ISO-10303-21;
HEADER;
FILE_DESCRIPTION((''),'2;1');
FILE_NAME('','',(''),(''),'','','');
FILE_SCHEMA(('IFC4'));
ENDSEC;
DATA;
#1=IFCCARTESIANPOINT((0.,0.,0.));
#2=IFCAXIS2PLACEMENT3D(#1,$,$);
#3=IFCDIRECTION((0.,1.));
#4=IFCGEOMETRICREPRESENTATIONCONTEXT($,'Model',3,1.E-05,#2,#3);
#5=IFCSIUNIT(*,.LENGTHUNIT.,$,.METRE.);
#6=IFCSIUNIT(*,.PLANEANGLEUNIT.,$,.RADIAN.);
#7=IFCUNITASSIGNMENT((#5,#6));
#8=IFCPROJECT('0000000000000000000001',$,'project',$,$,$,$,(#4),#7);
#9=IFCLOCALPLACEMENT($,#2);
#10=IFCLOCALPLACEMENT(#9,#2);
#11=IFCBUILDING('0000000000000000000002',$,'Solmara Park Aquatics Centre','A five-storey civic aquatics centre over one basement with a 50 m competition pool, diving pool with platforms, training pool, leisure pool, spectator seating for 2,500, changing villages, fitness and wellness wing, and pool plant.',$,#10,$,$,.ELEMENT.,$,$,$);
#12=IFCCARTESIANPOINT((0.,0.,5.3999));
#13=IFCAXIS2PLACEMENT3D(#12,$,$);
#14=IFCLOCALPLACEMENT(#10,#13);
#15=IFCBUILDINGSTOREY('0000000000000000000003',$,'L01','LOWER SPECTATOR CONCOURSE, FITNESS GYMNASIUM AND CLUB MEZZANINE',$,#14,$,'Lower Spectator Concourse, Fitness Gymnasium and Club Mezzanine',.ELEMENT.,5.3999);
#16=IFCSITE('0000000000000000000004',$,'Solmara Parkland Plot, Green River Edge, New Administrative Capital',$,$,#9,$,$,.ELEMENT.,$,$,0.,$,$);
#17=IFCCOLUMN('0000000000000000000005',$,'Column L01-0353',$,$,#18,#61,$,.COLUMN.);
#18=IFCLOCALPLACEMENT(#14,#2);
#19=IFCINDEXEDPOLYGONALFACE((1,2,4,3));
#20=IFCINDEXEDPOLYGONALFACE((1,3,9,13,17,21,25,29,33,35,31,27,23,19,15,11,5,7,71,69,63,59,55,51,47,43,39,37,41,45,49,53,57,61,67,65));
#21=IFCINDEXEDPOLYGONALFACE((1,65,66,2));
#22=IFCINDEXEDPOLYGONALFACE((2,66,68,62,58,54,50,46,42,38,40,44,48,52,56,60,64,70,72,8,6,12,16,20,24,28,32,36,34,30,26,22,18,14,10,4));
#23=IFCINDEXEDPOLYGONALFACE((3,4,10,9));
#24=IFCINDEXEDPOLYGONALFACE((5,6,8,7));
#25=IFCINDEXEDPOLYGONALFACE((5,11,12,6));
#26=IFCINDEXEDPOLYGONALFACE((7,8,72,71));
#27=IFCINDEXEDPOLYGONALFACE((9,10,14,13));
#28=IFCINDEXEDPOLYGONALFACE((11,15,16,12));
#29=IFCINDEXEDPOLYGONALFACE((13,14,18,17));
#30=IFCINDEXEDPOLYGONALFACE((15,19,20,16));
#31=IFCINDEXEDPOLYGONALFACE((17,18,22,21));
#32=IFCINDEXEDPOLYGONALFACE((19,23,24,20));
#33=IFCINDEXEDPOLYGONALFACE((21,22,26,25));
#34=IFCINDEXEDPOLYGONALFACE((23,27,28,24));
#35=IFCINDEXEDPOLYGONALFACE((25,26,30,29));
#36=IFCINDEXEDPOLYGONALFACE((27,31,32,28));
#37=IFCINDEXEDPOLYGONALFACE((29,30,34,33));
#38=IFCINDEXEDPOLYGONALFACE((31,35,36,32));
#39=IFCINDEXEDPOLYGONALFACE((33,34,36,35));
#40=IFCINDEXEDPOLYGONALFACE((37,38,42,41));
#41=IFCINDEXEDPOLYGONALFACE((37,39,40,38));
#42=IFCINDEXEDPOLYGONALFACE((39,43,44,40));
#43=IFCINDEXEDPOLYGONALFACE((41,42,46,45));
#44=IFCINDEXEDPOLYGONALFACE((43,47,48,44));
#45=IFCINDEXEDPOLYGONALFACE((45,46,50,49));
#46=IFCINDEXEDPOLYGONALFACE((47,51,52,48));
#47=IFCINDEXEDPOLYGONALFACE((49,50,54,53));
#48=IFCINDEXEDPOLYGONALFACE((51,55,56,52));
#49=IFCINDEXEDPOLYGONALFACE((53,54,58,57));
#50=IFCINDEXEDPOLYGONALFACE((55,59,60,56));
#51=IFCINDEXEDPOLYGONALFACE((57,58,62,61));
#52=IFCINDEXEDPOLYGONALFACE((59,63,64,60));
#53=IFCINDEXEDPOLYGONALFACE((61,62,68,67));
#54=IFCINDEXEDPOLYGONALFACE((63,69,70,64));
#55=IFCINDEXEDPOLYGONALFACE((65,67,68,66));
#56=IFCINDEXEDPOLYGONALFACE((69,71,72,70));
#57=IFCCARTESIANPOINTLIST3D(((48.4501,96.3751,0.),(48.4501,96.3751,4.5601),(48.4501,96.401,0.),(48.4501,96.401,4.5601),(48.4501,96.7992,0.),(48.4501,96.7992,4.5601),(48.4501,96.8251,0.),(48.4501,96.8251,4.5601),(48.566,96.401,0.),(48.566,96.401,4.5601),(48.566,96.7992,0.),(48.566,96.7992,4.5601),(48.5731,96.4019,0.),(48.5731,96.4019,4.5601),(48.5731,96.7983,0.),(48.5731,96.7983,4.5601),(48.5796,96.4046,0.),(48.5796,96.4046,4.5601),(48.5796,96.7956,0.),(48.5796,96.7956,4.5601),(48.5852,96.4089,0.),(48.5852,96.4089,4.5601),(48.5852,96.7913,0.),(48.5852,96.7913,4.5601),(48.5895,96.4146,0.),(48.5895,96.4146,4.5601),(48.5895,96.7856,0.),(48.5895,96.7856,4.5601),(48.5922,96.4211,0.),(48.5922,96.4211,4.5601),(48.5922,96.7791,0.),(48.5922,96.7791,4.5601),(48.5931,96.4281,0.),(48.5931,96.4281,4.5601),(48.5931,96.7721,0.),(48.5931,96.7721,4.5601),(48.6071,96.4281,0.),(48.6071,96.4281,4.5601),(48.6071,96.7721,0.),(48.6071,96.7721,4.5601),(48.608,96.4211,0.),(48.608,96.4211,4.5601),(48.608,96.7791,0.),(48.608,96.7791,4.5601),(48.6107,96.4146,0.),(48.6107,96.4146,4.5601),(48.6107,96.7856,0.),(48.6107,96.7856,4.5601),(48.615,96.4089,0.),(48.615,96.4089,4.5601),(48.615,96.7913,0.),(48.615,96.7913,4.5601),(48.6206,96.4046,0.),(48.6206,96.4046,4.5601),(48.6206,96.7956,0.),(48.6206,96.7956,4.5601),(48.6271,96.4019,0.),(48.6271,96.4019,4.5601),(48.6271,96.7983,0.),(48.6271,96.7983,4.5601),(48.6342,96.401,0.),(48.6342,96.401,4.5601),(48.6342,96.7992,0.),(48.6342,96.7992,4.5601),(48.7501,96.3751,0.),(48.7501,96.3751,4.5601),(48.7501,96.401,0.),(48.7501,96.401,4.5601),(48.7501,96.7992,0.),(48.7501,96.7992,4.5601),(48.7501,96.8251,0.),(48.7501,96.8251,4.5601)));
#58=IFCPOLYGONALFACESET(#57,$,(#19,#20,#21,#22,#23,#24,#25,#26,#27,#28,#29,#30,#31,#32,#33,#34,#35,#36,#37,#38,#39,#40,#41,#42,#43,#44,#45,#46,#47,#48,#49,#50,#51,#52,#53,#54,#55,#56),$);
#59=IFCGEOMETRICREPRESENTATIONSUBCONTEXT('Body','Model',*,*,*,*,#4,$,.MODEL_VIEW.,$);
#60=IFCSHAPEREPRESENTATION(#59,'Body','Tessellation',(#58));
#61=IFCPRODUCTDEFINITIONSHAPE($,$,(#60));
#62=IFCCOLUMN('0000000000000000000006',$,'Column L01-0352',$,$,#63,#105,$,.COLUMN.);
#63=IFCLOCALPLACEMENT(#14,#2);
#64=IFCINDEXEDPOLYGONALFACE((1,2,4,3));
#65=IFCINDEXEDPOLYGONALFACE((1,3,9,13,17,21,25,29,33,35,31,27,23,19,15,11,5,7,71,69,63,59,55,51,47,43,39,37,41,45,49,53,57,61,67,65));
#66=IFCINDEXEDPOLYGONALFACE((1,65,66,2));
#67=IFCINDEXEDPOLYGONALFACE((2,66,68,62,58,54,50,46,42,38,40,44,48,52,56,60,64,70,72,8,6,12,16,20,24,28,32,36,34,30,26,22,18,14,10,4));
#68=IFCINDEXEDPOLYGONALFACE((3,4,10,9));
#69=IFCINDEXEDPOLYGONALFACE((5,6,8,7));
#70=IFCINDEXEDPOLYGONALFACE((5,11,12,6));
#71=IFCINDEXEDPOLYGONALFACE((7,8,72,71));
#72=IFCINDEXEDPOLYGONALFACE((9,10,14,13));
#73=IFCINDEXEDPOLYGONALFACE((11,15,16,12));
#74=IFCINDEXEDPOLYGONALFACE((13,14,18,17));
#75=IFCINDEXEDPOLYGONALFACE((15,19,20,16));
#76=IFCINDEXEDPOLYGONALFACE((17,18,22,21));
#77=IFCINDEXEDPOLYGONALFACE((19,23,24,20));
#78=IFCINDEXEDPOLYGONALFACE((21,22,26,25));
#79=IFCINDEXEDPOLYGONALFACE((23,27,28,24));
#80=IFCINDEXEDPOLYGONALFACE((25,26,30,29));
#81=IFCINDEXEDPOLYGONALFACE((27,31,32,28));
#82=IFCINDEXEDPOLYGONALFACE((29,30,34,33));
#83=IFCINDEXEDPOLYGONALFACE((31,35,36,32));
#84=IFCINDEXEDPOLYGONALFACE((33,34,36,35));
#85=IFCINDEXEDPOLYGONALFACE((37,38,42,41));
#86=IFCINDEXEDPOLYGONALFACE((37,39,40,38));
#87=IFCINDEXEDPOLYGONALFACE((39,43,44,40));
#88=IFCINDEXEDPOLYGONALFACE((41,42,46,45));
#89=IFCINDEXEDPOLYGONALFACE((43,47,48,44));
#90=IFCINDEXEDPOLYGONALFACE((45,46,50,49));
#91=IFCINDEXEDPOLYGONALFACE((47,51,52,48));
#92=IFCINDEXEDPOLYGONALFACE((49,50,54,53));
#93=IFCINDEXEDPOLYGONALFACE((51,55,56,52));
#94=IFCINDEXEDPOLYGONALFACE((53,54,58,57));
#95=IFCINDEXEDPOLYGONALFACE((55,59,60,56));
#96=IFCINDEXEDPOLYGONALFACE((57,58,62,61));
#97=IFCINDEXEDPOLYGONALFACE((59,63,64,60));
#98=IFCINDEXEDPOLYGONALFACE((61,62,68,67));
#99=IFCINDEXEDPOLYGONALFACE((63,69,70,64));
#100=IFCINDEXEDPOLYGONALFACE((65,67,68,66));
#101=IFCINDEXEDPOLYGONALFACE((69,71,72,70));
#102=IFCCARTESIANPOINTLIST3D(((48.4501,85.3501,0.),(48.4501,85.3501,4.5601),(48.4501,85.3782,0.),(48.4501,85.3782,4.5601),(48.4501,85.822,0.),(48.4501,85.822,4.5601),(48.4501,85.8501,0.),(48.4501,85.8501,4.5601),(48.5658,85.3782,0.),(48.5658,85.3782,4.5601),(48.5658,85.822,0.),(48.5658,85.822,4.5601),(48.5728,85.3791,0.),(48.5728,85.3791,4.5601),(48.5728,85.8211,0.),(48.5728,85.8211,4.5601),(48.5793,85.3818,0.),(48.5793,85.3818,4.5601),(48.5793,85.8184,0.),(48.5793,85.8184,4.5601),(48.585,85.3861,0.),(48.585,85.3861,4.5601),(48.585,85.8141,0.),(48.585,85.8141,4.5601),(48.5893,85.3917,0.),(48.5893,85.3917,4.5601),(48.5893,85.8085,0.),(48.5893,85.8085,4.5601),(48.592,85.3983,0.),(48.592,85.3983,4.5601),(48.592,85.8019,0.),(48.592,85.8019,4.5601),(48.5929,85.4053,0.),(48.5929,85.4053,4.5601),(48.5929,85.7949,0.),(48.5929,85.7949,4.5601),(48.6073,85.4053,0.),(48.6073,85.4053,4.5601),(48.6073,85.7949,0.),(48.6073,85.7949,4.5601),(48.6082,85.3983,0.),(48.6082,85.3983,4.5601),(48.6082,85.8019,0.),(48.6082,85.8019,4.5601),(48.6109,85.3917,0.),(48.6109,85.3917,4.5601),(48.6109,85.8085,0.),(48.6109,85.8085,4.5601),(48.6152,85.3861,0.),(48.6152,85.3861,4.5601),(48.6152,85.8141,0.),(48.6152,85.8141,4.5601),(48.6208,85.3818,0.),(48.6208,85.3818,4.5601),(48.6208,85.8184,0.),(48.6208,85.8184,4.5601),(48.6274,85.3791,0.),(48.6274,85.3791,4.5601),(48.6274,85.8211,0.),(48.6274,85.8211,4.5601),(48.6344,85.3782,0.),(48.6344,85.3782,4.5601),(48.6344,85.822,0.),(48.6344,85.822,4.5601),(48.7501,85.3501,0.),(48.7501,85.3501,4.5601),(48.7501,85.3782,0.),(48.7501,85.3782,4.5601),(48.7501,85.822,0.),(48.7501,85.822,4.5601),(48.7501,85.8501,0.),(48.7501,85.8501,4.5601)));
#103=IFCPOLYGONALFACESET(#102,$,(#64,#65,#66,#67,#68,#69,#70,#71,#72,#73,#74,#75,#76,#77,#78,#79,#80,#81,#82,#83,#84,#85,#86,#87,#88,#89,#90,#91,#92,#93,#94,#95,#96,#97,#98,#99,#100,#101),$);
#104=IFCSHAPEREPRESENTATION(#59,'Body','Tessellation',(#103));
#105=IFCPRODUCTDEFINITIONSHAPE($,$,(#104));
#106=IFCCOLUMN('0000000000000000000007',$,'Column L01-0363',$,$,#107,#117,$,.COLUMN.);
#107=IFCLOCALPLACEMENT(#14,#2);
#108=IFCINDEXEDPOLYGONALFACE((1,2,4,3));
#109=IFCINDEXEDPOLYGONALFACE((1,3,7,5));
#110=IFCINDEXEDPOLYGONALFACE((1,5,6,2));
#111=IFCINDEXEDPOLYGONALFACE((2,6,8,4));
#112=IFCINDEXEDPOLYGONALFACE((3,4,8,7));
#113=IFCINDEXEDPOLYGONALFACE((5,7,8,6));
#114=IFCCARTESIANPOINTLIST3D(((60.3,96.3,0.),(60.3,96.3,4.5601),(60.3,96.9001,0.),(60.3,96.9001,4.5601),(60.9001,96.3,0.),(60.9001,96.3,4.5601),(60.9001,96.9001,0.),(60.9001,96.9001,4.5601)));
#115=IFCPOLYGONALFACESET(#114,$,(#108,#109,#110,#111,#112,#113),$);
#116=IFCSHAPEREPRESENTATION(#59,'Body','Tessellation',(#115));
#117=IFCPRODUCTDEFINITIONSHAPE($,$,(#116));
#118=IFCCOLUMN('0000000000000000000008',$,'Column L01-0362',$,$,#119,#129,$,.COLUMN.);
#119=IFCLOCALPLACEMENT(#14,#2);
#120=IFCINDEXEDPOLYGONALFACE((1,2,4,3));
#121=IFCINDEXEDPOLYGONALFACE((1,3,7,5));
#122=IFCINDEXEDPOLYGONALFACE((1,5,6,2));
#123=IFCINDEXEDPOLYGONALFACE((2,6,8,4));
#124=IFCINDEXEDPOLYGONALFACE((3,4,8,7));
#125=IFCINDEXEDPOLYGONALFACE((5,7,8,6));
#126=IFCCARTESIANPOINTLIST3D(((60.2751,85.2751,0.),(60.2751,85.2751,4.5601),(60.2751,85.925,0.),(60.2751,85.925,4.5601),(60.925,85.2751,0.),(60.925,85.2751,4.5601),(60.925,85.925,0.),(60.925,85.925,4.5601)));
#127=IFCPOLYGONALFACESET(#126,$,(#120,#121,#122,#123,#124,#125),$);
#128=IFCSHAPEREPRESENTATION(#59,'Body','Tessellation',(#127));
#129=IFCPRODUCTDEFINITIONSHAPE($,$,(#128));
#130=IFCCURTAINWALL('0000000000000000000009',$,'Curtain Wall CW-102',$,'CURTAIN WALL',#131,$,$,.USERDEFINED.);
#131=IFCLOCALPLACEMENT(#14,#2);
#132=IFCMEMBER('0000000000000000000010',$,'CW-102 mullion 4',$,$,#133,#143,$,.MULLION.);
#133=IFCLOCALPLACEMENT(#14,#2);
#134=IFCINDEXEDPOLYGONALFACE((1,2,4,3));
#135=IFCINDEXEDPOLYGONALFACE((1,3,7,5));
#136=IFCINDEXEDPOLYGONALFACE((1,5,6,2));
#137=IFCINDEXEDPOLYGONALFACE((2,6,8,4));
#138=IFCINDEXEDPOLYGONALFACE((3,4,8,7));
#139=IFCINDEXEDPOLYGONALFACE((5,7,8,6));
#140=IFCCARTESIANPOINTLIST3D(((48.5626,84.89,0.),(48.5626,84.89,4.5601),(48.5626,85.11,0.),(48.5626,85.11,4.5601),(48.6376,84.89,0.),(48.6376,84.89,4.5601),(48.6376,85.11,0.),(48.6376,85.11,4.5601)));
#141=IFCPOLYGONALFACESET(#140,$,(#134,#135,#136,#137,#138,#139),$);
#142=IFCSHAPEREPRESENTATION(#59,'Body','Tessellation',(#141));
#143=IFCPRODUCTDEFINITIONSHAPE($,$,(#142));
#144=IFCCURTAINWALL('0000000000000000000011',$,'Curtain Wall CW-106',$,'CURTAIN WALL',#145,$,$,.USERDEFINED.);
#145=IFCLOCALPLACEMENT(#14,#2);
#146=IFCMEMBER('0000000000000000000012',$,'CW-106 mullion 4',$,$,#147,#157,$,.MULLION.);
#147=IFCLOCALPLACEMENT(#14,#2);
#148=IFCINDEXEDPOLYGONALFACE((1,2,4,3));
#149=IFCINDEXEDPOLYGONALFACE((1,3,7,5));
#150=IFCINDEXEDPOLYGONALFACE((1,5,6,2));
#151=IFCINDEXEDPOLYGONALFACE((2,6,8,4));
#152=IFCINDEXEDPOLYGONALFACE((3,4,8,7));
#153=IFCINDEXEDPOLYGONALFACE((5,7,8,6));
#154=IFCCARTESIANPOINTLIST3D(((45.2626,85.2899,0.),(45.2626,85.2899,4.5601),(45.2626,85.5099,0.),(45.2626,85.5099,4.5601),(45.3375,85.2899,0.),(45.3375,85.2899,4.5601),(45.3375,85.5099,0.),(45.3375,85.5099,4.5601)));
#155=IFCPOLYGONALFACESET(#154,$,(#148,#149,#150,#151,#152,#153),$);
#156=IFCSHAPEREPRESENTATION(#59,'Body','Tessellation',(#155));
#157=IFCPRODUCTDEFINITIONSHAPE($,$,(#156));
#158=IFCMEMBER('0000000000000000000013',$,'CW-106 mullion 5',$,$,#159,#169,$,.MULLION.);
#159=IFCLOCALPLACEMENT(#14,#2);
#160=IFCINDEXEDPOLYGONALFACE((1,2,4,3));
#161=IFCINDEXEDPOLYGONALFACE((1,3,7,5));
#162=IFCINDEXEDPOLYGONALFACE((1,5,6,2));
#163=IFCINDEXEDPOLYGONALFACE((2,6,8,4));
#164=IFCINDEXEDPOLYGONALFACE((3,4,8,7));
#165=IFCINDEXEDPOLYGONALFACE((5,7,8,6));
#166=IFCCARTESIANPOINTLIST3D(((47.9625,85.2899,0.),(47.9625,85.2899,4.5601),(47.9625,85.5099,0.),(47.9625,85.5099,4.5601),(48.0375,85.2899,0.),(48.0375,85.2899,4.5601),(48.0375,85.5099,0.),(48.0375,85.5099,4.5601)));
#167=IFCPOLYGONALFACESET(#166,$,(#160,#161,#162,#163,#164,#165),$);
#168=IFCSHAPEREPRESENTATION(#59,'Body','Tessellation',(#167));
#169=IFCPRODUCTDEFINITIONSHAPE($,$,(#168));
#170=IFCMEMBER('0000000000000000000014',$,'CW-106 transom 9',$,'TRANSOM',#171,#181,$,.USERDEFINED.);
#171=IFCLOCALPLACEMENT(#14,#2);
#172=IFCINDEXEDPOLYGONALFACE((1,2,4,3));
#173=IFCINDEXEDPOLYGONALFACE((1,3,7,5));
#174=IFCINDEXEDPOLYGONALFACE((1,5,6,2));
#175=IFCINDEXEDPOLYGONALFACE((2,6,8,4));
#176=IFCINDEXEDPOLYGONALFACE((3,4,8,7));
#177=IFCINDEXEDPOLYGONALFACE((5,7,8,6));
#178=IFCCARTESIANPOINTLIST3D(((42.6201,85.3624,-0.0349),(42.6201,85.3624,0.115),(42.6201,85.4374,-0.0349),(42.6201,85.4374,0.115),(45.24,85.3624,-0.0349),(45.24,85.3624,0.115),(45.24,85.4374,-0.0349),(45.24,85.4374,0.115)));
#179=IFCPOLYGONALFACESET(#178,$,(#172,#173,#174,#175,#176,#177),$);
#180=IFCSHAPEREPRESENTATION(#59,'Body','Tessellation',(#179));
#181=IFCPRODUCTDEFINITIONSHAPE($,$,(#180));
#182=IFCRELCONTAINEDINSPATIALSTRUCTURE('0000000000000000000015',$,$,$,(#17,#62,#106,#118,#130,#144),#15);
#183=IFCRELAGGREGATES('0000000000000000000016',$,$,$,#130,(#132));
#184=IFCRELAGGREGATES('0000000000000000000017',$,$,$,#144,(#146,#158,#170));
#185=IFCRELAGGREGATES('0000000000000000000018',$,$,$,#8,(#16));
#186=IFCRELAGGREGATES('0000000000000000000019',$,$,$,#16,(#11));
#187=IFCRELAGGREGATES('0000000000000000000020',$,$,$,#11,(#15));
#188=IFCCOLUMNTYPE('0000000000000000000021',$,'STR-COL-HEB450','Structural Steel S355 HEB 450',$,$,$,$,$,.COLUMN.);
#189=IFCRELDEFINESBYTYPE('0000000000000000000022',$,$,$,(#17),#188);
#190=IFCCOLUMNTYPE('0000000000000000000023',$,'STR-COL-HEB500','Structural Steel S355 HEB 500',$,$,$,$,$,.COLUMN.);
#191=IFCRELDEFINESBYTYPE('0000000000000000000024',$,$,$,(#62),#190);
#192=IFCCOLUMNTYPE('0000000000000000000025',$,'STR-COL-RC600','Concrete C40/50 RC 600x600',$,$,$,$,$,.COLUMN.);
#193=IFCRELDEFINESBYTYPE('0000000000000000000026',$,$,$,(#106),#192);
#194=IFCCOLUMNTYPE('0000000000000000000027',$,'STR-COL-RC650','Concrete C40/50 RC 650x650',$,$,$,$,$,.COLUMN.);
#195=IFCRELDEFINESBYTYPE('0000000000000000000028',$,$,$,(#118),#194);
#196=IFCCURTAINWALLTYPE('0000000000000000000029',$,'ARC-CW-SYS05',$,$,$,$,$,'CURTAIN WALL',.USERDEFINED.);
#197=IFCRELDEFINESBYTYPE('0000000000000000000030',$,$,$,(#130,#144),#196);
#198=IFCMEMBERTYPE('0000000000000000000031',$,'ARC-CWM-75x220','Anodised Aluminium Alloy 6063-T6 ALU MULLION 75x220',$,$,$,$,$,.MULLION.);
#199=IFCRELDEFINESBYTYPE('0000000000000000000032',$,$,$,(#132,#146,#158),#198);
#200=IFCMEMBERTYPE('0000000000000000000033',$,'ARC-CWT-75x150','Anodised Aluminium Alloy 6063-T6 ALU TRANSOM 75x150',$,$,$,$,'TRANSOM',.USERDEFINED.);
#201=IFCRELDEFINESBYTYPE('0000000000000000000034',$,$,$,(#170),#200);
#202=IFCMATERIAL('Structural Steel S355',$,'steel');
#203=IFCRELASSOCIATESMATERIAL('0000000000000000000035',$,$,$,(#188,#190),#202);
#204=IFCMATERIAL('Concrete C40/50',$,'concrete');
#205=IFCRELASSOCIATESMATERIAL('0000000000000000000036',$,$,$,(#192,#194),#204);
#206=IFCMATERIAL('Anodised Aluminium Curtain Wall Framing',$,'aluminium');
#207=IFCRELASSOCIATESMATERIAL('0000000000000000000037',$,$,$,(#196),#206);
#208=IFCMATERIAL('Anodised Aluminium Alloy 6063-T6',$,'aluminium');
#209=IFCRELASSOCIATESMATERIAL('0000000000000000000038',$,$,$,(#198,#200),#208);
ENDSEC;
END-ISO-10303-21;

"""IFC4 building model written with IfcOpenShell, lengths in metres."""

from ifc_helpers import new_model, si_unit, direction, frame, origin, origin_2d, place, context, subcontext, project, spatial, rectangle, i_section, extrude, material, material_profile, profile_set, type_object, element, aggregate, save


model = new_model("IFC4")

# Units and contexts
model_context = context("Model", 3, precision=1e-05, world=origin(), true_north=direction((0.0, 1.0)))
body_context = subcontext(model_context, "Body", "Model", "MODEL_VIEW")
ifc_project = project(units=[si_unit("LENGTHUNIT", "METRE"), si_unit("PLANEANGLEUNIT", "RADIAN")], contexts=[model_context])

# Site, building, storey
site_placement = place(None, origin())
site = spatial("IfcSite", under=ifc_project, at=site_placement, Name="Solmara Parkland Plot, Green River Edge, New Administrative Capital", CompositionType="ELEMENT", RefElevation=0.0)
building_placement = place(site_placement, origin())
building = spatial("IfcBuilding", under=site, at=building_placement, Name="Solmara Park Aquatics Centre", Description="A five-storey civic aquatics centre over one basement with a 50 m competition pool, diving pool with platforms, training pool, leisure pool, spectator seating for 2,500, changing villages, fitness and wellness wing, and pool plant.", CompositionType="ELEMENT")
storey_placement = place(building_placement, frame((0.0, 0.0, 5.3999)))
storey = spatial("IfcBuildingStorey", under=building, at=storey_placement, Name="L01", Description="LOWER SPECTATOR CONCOURSE, FITNESS GYMNASIUM AND CLUB MEZZANINE", LongName="Lower Spectator Concourse, Fitness Gymnasium and Club Mezzanine", CompositionType="ELEMENT", Elevation=5.3999)

# Columns
ifc_material_1 = material(Name="Structural Steel S355", Category="steel")
ifc_material_profile_1 = material_profile(ifc_material_1, i_section(OverallWidth=0.3, OverallDepth=0.45, WebThickness=0.0139, FlangeThickness=0.0259, FilletRadius=0.0271, at=origin_2d()), Name="HEB 450")
ifc_profile_set_1 = profile_set([ifc_material_profile_1], Name="Structural Steel S355")
column_type_1 = type_object("IfcColumnType", Name="STR-COL-HEB450", Description="Structural Steel S355 HEB 450", PredefinedType="COLUMN", material=ifc_profile_set_1)
column_1_placement = place(storey_placement, frame((48.6001, 96.6001, 0.0), z_axis=(0.0, 0.0, 1.0), x_axis=(1.0, 0.0, 0.0)))
element("IfcColumn", 1, at=column_1_placement, inside=storey, type_object=column_type_1, Name="Column L01-0353", PredefinedType="COLUMN", context=body_context, shape_type="SweptSolid", body=[
    extrude(i_section(OverallWidth=0.3, OverallDepth=0.45, WebThickness=0.0139, FlangeThickness=0.0259, FilletRadius=0.0271, at=origin_2d()), origin(), (0.0, 0.0, 1.0), 4.5601),
])
ifc_material_profile_2 = material_profile(ifc_material_1, i_section(OverallWidth=0.3, OverallDepth=0.5, WebThickness=0.0144, FlangeThickness=0.0281, FilletRadius=0.0271, at=origin_2d()), Name="HEB 500")
ifc_profile_set_2 = profile_set([ifc_material_profile_2], Name="Structural Steel S355")
column_type_2 = type_object("IfcColumnType", Name="STR-COL-HEB500", Description="Structural Steel S355 HEB 500", PredefinedType="COLUMN", material=ifc_profile_set_2)
column_2_placement = place(storey_placement, frame((48.6001, 85.6001, 0.0), z_axis=(0.0, 0.0, 1.0), x_axis=(1.0, 0.0, 0.0)))
element("IfcColumn", 2, at=column_2_placement, inside=storey, type_object=column_type_2, Name="Column L01-0352", PredefinedType="COLUMN", context=body_context, shape_type="SweptSolid", body=[
    extrude(i_section(OverallWidth=0.3, OverallDepth=0.5, WebThickness=0.0144, FlangeThickness=0.0281, FilletRadius=0.0271, at=origin_2d()), origin(), (0.0, 0.0, 1.0), 4.5601),
])
ifc_material_2 = material(Name="Concrete C40/50", Category="concrete")
ifc_material_profile_3 = material_profile(ifc_material_2, rectangle(XDim=0.6001, YDim=0.6001, at=origin_2d()), Name="RC 600x600")
ifc_profile_set_3 = profile_set([ifc_material_profile_3], Name="Concrete C40/50")
column_type_3 = type_object("IfcColumnType", Name="STR-COL-RC600", Description="Concrete C40/50 RC 600x600", PredefinedType="COLUMN", material=ifc_profile_set_3)
column_3_placement = place(storey_placement, frame((60.6001, 96.6001, 0.0), z_axis=(0.0, 0.0, 1.0), x_axis=(1.0, 0.0, 0.0)))
element("IfcColumn", 3, at=column_3_placement, inside=storey, type_object=column_type_3, Name="Column L01-0363", PredefinedType="COLUMN", context=body_context, shape_type="SweptSolid", body=[
    extrude(rectangle(XDim=0.6001, YDim=0.6001, at=origin_2d()), origin(), (0.0, 0.0, 1.0), 4.5601),
])
ifc_material_profile_4 = material_profile(ifc_material_2, rectangle(XDim=0.6499, YDim=0.6499, at=origin_2d()), Name="RC 650x650")
ifc_profile_set_4 = profile_set([ifc_material_profile_4], Name="Concrete C40/50")
column_type_4 = type_object("IfcColumnType", Name="STR-COL-RC650", Description="Concrete C40/50 RC 650x650", PredefinedType="COLUMN", material=ifc_profile_set_4)
column_4_placement = place(storey_placement, frame((60.6001, 85.6001, 0.0), z_axis=(0.0, 0.0, 1.0), x_axis=(1.0, 0.0, 0.0)))
element("IfcColumn", 4, at=column_4_placement, inside=storey, type_object=column_type_4, Name="Column L01-0362", PredefinedType="COLUMN", context=body_context, shape_type="SweptSolid", body=[
    extrude(rectangle(XDim=0.6499, YDim=0.6499, at=origin_2d()), origin(), (0.0, 0.0, 1.0), 4.5601),
])

# Curtain wall, member
ifc_material_3 = material(Name="Anodised Aluminium Curtain Wall Framing", Category="aluminium")
curtain_wall_type = type_object("IfcCurtainWallType", Name="ARC-CW-SYS05", ElementType="CURTAIN WALL", PredefinedType="USERDEFINED", material=ifc_material_3)
curtain_wall_1_placement = place(storey_placement, origin())
curtain_wall_1 = element("IfcCurtainWall", 5, at=curtain_wall_1_placement, inside=storey, type_object=curtain_wall_type, Name="Curtain Wall CW-102", ObjectType="CURTAIN WALL", PredefinedType="USERDEFINED")
ifc_material_4 = material(Name="Anodised Aluminium Alloy 6063-T6", Category="aluminium")
ifc_material_profile_5 = material_profile(ifc_material_4, rectangle(XDim=0.075, YDim=0.22, at=origin_2d()), Name="ALU MULLION 75x220")
ifc_profile_set_5 = profile_set([ifc_material_profile_5], Name="Anodised Aluminium Alloy 6063-T6")
member_type_1 = type_object("IfcMemberType", Name="ARC-CWM-75x220", Description="Anodised Aluminium Alloy 6063-T6 ALU MULLION 75x220", PredefinedType="MULLION", material=ifc_profile_set_5)
member_1_placement = place(storey_placement, frame((48.6001, 85.0, 0.0), z_axis=(0.0, 0.0, 1.0), x_axis=(1.0, 0.0, 0.0)))
member_1 = element("IfcMember", 6, at=member_1_placement, type_object=member_type_1, Name="CW-102 mullion 4", PredefinedType="MULLION", context=body_context, shape_type="SweptSolid", body=[
    extrude(rectangle(XDim=0.075, YDim=0.22, at=origin_2d()), origin(), (0.0, 0.0, 1.0), 4.5601),
])

# Curtain wall, members
curtain_wall_2_placement = place(storey_placement, origin())
curtain_wall_2 = element("IfcCurtainWall", 7, at=curtain_wall_2_placement, inside=storey, type_object=curtain_wall_type, Name="Curtain Wall CW-106", ObjectType="CURTAIN WALL", PredefinedType="USERDEFINED")
member_2_placement = place(storey_placement, frame((45.3, 85.3999, 0.0), z_axis=(0.0, 0.0, 1.0), x_axis=(1.0, 0.0, 0.0)))
member_2 = element("IfcMember", 8, at=member_2_placement, type_object=member_type_1, Name="CW-106 mullion 4", PredefinedType="MULLION", context=body_context, shape_type="SweptSolid", body=[
    extrude(rectangle(XDim=0.075, YDim=0.22, at=origin_2d()), origin(), (0.0, 0.0, 1.0), 4.5601),
])
member_3_placement = place(storey_placement, frame((48.0, 85.3999, 0.0), z_axis=(0.0, 0.0, 1.0), x_axis=(1.0, 0.0, 0.0)))
member_3 = element("IfcMember", 9, at=member_3_placement, type_object=member_type_1, Name="CW-106 mullion 5", PredefinedType="MULLION", context=body_context, shape_type="SweptSolid", body=[
    extrude(rectangle(XDim=0.075, YDim=0.22, at=origin_2d()), origin(), (0.0, 0.0, 1.0), 4.5601),
])
ifc_material_profile_6 = material_profile(ifc_material_4, rectangle(XDim=0.075, YDim=0.1499, at=origin_2d()), Name="ALU TRANSOM 75x150")
ifc_profile_set_6 = profile_set([ifc_material_profile_6], Name="Anodised Aluminium Alloy 6063-T6")
member_type_2 = type_object("IfcMemberType", Name="ARC-CWT-75x150", Description="Anodised Aluminium Alloy 6063-T6 ALU TRANSOM 75x150", ElementType="TRANSOM", PredefinedType="USERDEFINED", material=ifc_profile_set_6)
member_4_placement = place(storey_placement, frame((42.6201, 85.3999, 0.04), z_axis=(1.0, 0.0, 0.0), x_axis=(0.0, 1.0, 0.0)))
member_4 = element("IfcMember", 10, at=member_4_placement, type_object=member_type_2, Name="CW-106 transom 9", ObjectType="TRANSOM", PredefinedType="USERDEFINED", context=body_context, shape_type="SweptSolid", body=[
    extrude(rectangle(XDim=0.075, YDim=0.1499, at=origin_2d()), origin(), (0.0, 0.0, 1.0), 2.6199),
])

aggregate(curtain_wall_1, [member_1])
aggregate(curtain_wall_2, [member_2, member_3, member_4])

save(model, "model.ifc")
